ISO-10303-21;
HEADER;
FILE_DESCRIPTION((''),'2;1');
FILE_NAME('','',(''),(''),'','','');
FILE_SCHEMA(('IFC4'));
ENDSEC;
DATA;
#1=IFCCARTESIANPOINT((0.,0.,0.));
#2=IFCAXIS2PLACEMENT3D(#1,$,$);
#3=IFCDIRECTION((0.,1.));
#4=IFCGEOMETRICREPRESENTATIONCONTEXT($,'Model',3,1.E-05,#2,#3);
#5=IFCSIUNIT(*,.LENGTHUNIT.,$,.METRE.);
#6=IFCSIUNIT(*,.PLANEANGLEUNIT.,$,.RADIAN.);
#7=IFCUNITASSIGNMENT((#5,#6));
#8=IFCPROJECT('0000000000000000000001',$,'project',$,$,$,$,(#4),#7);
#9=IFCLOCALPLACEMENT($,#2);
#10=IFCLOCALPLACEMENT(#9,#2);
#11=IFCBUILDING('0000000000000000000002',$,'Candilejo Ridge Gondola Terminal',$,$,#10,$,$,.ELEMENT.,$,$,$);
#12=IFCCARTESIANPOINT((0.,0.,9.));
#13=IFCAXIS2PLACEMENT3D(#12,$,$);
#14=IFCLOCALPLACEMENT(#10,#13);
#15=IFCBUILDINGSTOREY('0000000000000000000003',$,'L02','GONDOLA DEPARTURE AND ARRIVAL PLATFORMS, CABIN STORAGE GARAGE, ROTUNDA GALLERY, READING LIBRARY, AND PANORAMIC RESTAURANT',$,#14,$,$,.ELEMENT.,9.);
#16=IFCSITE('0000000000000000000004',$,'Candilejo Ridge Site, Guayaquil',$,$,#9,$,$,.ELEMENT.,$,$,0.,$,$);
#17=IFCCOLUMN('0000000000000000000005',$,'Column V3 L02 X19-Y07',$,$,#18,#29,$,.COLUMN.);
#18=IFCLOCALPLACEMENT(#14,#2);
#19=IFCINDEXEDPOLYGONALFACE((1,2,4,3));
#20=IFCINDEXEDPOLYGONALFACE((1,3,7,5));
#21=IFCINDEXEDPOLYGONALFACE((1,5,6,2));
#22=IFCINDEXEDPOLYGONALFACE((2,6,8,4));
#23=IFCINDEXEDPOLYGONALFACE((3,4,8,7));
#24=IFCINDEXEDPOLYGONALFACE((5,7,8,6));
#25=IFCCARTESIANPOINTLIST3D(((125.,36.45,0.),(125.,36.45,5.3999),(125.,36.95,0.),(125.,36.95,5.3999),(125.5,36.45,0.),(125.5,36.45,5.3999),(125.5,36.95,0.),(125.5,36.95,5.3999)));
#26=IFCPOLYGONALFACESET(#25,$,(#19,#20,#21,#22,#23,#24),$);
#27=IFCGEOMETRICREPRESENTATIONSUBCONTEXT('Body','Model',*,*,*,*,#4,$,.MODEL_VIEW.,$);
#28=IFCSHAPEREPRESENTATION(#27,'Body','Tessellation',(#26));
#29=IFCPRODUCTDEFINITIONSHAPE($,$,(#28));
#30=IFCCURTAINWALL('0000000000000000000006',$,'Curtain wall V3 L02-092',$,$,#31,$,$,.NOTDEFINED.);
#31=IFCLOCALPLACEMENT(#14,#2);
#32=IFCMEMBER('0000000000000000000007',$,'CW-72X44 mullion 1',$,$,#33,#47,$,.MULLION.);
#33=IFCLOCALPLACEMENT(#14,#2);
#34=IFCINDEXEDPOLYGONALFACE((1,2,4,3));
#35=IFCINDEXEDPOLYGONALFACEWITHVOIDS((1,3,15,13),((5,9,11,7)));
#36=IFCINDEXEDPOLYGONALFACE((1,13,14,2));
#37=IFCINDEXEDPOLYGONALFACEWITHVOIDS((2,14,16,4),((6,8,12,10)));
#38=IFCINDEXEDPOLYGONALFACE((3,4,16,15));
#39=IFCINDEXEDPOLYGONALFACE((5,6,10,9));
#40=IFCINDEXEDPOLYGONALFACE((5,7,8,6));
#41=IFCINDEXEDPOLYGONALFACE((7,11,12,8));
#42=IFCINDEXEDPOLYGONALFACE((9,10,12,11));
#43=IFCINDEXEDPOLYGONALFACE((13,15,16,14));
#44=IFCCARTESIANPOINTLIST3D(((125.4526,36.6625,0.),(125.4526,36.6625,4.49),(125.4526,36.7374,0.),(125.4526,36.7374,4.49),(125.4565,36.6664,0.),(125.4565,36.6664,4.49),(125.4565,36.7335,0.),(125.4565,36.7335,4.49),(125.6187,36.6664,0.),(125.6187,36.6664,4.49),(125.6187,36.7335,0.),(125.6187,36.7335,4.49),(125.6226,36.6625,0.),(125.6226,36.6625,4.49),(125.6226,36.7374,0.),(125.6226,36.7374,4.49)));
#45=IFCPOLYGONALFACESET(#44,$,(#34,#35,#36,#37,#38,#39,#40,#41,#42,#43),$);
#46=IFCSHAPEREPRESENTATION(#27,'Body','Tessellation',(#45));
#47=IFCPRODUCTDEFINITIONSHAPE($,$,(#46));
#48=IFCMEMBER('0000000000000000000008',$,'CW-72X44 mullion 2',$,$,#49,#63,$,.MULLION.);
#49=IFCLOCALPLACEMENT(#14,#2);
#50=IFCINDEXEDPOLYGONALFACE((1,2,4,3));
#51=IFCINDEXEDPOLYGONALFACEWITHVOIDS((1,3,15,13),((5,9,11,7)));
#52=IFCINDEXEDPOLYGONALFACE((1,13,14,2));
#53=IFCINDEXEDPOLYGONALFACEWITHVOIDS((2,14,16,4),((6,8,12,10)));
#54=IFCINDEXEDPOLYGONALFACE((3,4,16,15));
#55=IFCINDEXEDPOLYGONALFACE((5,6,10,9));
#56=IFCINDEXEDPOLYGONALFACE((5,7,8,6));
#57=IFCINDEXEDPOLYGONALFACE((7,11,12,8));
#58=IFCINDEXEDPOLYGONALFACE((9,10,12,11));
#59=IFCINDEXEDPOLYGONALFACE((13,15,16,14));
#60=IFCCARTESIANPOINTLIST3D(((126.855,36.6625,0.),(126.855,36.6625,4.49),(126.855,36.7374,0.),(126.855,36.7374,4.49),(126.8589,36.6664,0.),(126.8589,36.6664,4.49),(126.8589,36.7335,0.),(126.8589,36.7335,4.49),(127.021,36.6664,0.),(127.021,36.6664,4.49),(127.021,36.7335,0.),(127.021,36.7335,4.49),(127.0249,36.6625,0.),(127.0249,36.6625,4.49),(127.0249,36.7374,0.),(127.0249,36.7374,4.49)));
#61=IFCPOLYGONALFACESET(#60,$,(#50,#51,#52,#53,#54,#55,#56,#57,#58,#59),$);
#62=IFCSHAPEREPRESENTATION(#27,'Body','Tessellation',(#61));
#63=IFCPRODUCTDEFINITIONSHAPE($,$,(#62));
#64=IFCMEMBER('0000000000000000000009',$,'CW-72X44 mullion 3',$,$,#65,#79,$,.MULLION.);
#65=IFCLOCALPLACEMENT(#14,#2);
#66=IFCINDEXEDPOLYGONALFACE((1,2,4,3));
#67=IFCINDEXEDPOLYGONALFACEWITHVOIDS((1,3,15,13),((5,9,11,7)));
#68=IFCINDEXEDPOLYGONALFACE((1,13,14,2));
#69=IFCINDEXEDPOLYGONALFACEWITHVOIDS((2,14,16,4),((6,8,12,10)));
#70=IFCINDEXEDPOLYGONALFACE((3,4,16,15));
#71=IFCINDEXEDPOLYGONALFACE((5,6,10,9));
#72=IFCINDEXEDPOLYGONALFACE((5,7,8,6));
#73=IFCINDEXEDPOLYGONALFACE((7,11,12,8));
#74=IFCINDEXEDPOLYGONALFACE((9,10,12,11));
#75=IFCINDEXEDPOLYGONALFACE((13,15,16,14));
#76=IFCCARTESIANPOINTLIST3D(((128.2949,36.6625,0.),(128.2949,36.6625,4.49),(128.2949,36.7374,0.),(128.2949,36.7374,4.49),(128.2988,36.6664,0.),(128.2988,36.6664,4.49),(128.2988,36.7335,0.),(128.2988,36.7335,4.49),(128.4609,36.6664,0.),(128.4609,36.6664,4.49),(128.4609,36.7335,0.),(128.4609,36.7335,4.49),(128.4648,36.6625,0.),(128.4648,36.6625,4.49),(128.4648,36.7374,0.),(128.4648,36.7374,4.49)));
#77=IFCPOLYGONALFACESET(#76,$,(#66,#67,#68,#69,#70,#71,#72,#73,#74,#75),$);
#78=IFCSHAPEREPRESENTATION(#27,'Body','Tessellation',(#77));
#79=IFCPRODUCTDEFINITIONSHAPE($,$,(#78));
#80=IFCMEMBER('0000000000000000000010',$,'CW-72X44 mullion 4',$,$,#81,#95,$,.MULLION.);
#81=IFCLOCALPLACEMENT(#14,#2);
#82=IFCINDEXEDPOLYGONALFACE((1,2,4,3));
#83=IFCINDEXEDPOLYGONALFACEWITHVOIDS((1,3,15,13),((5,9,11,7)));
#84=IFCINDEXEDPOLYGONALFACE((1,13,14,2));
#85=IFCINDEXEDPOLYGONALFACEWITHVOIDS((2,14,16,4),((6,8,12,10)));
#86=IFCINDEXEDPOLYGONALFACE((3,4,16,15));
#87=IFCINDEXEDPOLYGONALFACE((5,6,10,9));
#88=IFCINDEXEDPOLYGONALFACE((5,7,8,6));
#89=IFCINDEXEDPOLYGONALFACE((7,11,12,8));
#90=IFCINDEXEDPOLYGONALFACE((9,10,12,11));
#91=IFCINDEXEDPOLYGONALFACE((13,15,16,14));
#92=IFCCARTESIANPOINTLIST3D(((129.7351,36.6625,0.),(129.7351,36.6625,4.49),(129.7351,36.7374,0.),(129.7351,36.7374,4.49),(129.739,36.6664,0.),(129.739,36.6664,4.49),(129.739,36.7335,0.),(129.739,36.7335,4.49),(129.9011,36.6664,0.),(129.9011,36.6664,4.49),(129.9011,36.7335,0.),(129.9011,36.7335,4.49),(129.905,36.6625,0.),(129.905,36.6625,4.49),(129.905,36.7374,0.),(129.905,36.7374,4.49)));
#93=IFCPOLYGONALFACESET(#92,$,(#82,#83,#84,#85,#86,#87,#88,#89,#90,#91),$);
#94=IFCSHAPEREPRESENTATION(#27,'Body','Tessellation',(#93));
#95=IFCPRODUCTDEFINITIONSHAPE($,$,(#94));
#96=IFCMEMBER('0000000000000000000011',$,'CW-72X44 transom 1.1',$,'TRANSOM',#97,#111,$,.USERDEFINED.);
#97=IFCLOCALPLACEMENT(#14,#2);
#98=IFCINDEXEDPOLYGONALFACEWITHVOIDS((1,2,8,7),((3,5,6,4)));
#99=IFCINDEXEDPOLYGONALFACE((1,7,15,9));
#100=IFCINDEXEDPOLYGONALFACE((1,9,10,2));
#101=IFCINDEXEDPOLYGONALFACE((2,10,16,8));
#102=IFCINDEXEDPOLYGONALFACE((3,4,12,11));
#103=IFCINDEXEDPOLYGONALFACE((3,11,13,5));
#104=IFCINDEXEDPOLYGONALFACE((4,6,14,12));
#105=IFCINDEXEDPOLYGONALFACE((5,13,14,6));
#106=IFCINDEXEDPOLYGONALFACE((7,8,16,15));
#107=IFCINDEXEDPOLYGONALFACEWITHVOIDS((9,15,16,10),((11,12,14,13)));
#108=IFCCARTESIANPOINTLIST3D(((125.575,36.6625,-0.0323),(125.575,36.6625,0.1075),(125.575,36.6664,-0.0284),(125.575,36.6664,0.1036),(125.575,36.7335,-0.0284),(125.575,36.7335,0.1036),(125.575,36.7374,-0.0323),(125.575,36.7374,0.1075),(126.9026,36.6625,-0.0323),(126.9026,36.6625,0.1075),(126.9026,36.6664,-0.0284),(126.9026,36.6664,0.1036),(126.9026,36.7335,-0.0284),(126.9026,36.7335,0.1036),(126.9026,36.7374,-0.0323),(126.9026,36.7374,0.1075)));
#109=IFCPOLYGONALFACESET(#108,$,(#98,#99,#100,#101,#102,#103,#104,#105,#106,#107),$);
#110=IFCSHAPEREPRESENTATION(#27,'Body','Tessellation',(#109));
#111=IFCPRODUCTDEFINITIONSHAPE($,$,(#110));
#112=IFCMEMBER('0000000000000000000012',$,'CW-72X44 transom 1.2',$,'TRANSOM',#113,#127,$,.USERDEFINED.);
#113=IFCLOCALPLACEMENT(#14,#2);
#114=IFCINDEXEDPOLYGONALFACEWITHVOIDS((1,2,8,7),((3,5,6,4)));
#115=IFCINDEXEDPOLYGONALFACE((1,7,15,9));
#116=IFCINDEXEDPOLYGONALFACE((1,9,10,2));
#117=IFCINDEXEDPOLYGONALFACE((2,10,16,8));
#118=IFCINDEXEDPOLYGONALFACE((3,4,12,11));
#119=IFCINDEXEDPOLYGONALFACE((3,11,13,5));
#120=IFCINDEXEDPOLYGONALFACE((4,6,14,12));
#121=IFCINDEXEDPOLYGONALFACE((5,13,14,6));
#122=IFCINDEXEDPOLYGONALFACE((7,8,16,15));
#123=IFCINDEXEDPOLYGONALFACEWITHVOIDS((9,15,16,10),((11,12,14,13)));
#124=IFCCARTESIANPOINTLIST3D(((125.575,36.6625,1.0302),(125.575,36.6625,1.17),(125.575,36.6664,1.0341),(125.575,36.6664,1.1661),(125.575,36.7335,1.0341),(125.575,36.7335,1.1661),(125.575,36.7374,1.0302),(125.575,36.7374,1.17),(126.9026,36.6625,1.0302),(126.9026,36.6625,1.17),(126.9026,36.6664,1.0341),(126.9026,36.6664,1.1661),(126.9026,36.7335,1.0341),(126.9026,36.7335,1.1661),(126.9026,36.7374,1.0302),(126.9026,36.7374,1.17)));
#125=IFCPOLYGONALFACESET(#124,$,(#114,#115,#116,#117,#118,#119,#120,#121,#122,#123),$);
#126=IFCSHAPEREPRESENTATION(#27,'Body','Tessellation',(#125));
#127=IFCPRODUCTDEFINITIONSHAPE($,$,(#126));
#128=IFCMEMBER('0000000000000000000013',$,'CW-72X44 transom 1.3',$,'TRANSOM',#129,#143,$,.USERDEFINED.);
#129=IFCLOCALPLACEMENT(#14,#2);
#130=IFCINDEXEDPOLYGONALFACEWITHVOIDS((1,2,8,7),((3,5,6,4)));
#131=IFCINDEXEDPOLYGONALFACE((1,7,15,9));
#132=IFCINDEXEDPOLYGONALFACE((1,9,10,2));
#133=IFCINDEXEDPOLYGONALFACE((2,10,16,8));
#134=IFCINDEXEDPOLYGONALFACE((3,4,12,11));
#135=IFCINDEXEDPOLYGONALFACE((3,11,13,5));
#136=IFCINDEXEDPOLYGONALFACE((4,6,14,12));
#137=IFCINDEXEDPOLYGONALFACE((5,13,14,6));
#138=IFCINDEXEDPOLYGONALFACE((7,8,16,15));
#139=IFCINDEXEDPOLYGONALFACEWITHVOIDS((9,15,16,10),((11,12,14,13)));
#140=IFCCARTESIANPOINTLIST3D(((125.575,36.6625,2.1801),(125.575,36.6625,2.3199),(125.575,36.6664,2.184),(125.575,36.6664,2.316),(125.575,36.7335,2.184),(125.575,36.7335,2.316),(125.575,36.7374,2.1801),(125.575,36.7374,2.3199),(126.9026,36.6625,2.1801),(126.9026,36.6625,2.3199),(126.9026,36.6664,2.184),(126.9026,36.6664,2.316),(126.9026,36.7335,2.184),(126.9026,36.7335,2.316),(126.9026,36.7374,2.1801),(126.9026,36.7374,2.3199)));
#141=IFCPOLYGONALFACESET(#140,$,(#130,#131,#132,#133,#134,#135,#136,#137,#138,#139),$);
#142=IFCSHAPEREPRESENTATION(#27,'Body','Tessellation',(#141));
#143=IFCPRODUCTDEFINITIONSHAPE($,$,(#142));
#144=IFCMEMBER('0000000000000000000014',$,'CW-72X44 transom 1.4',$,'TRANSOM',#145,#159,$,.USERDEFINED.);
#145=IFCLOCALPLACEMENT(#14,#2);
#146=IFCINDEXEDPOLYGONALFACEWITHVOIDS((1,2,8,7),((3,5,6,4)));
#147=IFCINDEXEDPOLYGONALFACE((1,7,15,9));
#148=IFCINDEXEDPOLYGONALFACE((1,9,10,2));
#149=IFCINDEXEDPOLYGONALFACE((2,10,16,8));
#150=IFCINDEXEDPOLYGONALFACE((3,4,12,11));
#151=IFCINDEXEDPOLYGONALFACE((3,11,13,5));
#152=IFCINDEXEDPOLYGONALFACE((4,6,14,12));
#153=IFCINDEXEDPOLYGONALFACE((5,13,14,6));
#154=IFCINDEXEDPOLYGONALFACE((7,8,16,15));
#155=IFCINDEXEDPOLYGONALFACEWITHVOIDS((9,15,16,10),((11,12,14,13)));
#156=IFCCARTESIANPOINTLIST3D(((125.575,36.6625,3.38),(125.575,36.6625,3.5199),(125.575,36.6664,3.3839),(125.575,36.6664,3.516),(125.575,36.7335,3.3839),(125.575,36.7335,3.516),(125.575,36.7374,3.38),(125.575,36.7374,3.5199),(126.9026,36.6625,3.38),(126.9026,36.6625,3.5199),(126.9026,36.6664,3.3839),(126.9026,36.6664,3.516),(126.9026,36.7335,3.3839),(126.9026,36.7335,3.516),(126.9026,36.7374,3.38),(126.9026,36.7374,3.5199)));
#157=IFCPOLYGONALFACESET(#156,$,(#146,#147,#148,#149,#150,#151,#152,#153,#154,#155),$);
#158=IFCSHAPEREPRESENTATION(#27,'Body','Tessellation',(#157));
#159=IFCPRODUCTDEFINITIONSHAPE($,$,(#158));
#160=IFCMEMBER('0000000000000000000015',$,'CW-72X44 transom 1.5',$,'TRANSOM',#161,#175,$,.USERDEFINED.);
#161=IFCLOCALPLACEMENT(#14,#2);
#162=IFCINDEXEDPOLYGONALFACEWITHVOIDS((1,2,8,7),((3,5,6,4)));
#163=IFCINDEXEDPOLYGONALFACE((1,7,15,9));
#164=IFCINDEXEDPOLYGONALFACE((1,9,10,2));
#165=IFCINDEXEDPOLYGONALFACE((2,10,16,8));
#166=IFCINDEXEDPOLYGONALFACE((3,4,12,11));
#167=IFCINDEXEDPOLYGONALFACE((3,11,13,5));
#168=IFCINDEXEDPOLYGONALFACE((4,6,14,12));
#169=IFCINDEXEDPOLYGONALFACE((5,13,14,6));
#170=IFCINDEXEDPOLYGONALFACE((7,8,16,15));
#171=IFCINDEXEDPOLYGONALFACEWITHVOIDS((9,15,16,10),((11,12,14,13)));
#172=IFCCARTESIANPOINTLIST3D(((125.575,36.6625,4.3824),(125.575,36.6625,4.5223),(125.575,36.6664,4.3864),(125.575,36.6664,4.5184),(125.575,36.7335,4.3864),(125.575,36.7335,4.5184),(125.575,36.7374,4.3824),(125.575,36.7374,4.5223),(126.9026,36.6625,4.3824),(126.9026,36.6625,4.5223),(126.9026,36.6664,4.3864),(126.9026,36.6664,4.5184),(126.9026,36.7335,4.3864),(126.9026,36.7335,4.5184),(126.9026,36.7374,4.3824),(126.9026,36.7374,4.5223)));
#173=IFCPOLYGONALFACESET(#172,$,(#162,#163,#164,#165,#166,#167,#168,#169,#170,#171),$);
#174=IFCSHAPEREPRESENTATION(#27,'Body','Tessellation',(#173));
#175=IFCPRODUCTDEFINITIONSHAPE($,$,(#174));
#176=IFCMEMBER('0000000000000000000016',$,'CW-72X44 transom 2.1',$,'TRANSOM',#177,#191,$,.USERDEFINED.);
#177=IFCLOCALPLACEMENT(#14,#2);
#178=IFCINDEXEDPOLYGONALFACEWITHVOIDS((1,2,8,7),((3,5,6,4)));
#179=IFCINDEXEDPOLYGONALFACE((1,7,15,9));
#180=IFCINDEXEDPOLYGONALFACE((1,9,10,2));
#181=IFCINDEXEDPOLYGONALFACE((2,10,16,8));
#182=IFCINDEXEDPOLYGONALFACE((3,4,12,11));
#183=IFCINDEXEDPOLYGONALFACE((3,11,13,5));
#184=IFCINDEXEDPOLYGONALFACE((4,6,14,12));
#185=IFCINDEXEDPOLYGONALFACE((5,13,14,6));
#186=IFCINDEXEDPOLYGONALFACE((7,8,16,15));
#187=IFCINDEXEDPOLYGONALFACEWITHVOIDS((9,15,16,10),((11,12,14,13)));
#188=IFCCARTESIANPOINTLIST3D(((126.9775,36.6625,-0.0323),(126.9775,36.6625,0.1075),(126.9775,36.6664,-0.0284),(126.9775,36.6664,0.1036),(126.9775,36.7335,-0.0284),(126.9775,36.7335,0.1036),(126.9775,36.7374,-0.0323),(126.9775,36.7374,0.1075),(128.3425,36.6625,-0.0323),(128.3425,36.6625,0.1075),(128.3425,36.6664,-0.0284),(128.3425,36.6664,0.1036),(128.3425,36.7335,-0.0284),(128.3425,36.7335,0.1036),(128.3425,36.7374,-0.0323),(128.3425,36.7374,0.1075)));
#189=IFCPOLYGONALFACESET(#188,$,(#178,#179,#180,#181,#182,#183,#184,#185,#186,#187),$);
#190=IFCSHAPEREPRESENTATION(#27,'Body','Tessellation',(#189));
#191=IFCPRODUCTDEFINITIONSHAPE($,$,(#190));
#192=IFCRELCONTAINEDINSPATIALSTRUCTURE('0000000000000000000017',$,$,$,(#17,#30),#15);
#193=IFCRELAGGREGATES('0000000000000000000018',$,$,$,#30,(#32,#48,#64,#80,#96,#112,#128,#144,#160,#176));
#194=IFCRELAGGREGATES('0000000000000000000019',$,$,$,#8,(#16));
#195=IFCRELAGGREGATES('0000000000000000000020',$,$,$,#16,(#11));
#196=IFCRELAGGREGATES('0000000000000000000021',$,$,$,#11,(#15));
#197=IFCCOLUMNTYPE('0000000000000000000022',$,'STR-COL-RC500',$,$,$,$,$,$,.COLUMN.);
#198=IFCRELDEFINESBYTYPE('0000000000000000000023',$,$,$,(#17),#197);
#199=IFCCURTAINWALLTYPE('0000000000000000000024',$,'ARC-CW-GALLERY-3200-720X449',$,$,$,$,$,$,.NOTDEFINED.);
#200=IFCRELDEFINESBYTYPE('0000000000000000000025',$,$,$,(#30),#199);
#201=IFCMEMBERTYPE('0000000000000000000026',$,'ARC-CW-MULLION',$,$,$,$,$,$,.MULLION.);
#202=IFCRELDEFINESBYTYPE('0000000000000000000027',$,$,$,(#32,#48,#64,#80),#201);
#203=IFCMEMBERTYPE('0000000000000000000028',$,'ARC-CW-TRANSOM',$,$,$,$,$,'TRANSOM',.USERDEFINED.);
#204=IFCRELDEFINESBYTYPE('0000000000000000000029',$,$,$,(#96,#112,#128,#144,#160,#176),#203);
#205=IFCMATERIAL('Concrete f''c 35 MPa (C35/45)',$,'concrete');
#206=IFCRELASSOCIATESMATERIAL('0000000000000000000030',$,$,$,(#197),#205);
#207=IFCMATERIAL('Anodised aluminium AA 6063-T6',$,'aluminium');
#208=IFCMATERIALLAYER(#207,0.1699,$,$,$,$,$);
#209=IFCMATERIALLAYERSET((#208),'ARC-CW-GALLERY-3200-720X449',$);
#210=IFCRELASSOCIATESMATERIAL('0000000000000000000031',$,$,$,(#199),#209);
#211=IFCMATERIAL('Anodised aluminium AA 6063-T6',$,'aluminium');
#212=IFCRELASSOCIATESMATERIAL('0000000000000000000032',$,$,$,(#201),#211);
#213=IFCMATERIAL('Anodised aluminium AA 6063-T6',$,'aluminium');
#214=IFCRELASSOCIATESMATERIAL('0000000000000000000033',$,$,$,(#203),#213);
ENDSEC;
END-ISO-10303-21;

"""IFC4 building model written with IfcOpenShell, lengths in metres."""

from ifc_helpers import new_model, si_unit, direction, frame, origin, origin_2d, place, context, subcontext, project, spatial, rectangle, hollow_rectangle, extrude, material, layer, layer_set, material_profile, profile_set, type_object, element, aggregate, save


model = new_model("IFC4")

# Units and contexts
model_context = context("Model", 3, precision=1e-05, world=origin(), true_north=direction((0.0, 1.0)))
body_context = subcontext(model_context, "Body", "Model", "MODEL_VIEW")
ifc_project = project(units=[si_unit("LENGTHUNIT", "METRE"), si_unit("PLANEANGLEUNIT", "RADIAN")], contexts=[model_context])

# Site, building, storey
site_placement = place(None, origin())
site = spatial("IfcSite", under=ifc_project, at=site_placement, Name="Candilejo Ridge Site, Guayaquil", CompositionType="ELEMENT", RefElevation=0.0)
building_placement = place(site_placement, origin())
building = spatial("IfcBuilding", under=site, at=building_placement, Name="Candilejo Ridge Gondola Terminal", CompositionType="ELEMENT")
storey_placement = place(building_placement, frame((0.0, 0.0, 9.0)))
storey = spatial("IfcBuildingStorey", under=building, at=storey_placement, Name="L02", Description="GONDOLA DEPARTURE AND ARRIVAL PLATFORMS, CABIN STORAGE GARAGE, ROTUNDA GALLERY, READING LIBRARY, AND PANORAMIC RESTAURANT", CompositionType="ELEMENT", Elevation=9.0)

# Column
ifc_material_1 = material(Name="Concrete f'c 35 MPa (C35/45)", Category="concrete")
ifc_material_profile_1 = material_profile(ifc_material_1, rectangle(XDim=0.5, YDim=0.5, at=origin_2d()))
ifc_profile_set_1 = profile_set([ifc_material_profile_1], Name="Concrete f'c 35 MPa (C35/45)")
column_type = type_object("IfcColumnType", Name="STR-COL-RC500", PredefinedType="COLUMN", material=ifc_profile_set_1)
column_placement = place(storey_placement, frame((125.25, 36.7, 0.0), z_axis=(0.0, 0.0, 1.0), x_axis=(1.0, 0.0, 0.0)))
element("IfcColumn", 1, at=column_placement, inside=storey, type_object=column_type, Name="Column V3 L02 X19-Y07", PredefinedType="COLUMN", context=body_context, shape_type="SweptSolid", body=[
    extrude(rectangle(XDim=0.5, YDim=0.5, at=origin_2d()), origin(), (0.0, 0.0, 1.0), 5.3999),
])

# Curtain wall, members
ifc_material_2 = material(Name="Anodised aluminium AA 6063-T6", Category="aluminium")
ifc_layer_1 = layer(ifc_material_2, 0.1699)
ifc_layer_set_1 = layer_set([ifc_layer_1], Name="ARC-CW-GALLERY-3200-720X449")
curtain_wall_type = type_object("IfcCurtainWallType", Name="ARC-CW-GALLERY-3200-720X449", PredefinedType="NOTDEFINED", material=ifc_layer_set_1)
curtain_wall_placement = place(storey_placement, origin())
curtain_wall = element("IfcCurtainWall", 2, at=curtain_wall_placement, inside=storey, type_object=curtain_wall_type, Name="Curtain wall V3 L02-092", PredefinedType="NOTDEFINED")
ifc_material_3 = material(Name="Anodised aluminium AA 6063-T6", Category="aluminium")
ifc_material_profile_2 = material_profile(ifc_material_3, hollow_rectangle(XDim=0.075, YDim=0.1699, WallThickness=0.0039, at=origin_2d()))
ifc_profile_set_2 = profile_set([ifc_material_profile_2], Name="Anodised aluminium AA 6063-T6")
member_type_1 = type_object("IfcMemberType", Name="ARC-CW-MULLION", PredefinedType="MULLION", material=ifc_profile_set_2)
member_1_placement = place(storey_placement, frame((125.5376, 36.7, 0.0), z_axis=(0.0, 0.0, 1.0), x_axis=(0.0, 1.0, 0.0)))
member_1 = element("IfcMember", 3, at=member_1_placement, type_object=member_type_1, Name="CW-72X44 mullion 1", PredefinedType="MULLION", context=body_context, shape_type="SweptSolid", body=[
    extrude(hollow_rectangle(XDim=0.075, YDim=0.1699, WallThickness=0.0039, at=origin_2d()), origin(), (0.0, 0.0, 1.0), 4.49),
])
member_2_placement = place(storey_placement, frame((126.9399, 36.7, 0.0), z_axis=(0.0, 0.0, 1.0), x_axis=(0.0, 1.0, 0.0)))
member_2 = element("IfcMember", 4, at=member_2_placement, type_object=member_type_1, Name="CW-72X44 mullion 2", PredefinedType="MULLION", context=body_context, shape_type="SweptSolid", body=[
    extrude(hollow_rectangle(XDim=0.075, YDim=0.1699, WallThickness=0.0039, at=origin_2d()), origin(), (0.0, 0.0, 1.0), 4.49),
])
member_3_placement = place(storey_placement, frame((128.3799, 36.7, 0.0), z_axis=(0.0, 0.0, 1.0), x_axis=(0.0, 1.0, 0.0)))
member_3 = element("IfcMember", 5, at=member_3_placement, type_object=member_type_1, Name="CW-72X44 mullion 3", PredefinedType="MULLION", context=body_context, shape_type="SweptSolid", body=[
    extrude(hollow_rectangle(XDim=0.075, YDim=0.1699, WallThickness=0.0039, at=origin_2d()), origin(), (0.0, 0.0, 1.0), 4.49),
])
member_4_placement = place(storey_placement, frame((129.8201, 36.7, 0.0), z_axis=(0.0, 0.0, 1.0), x_axis=(0.0, 1.0, 0.0)))
member_4 = element("IfcMember", 6, at=member_4_placement, type_object=member_type_1, Name="CW-72X44 mullion 4", PredefinedType="MULLION", context=body_context, shape_type="SweptSolid", body=[
    extrude(hollow_rectangle(XDim=0.075, YDim=0.1699, WallThickness=0.0039, at=origin_2d()), origin(), (0.0, 0.0, 1.0), 4.49),
])
ifc_material_4 = material(Name="Anodised aluminium AA 6063-T6", Category="aluminium")
ifc_material_profile_3 = material_profile(ifc_material_4, hollow_rectangle(XDim=0.075, YDim=0.1399, WallThickness=0.0039, at=origin_2d()))
ifc_profile_set_3 = profile_set([ifc_material_profile_3], Name="Anodised aluminium AA 6063-T6")
member_type_2 = type_object("IfcMemberType", Name="ARC-CW-TRANSOM", ElementType="TRANSOM", PredefinedType="USERDEFINED", material=ifc_profile_set_3)
member_5_placement = place(storey_placement, frame((125.575, 36.7, 0.0376), z_axis=(1.0, 0.0, 0.0), x_axis=(0.0, 1.0, 0.0)))
member_5 = element("IfcMember", 7, at=member_5_placement, type_object=member_type_2, Name="CW-72X44 transom 1.1", ObjectType="TRANSOM", PredefinedType="USERDEFINED", context=body_context, shape_type="SweptSolid", body=[
    extrude(hollow_rectangle(XDim=0.075, YDim=0.1399, WallThickness=0.0039, at=origin_2d()), origin(), (0.0, 0.0, 1.0), 1.3276),
])
member_6_placement = place(storey_placement, frame((125.575, 36.7, 1.1001), z_axis=(1.0, 0.0, 0.0), x_axis=(0.0, 1.0, 0.0)))
member_6 = element("IfcMember", 8, at=member_6_placement, type_object=member_type_2, Name="CW-72X44 transom 1.2", ObjectType="TRANSOM", PredefinedType="USERDEFINED", context=body_context, shape_type="SweptSolid", body=[
    extrude(hollow_rectangle(XDim=0.075, YDim=0.1399, WallThickness=0.0039, at=origin_2d()), origin(), (0.0, 0.0, 1.0), 1.3276),
])
member_7_placement = place(storey_placement, frame((125.575, 36.7, 2.25), z_axis=(1.0, 0.0, 0.0), x_axis=(0.0, 1.0, 0.0)))
member_7 = element("IfcMember", 9, at=member_7_placement, type_object=member_type_2, Name="CW-72X44 transom 1.3", ObjectType="TRANSOM", PredefinedType="USERDEFINED", context=body_context, shape_type="SweptSolid", body=[
    extrude(hollow_rectangle(XDim=0.075, YDim=0.1399, WallThickness=0.0039, at=origin_2d()), origin(), (0.0, 0.0, 1.0), 1.3276),
])
member_8_placement = place(storey_placement, frame((125.575, 36.7, 3.45), z_axis=(1.0, 0.0, 0.0), x_axis=(0.0, 1.0, 0.0)))
member_8 = element("IfcMember", 10, at=member_8_placement, type_object=member_type_2, Name="CW-72X44 transom 1.4", ObjectType="TRANSOM", PredefinedType="USERDEFINED", context=body_context, shape_type="SweptSolid", body=[
    extrude(hollow_rectangle(XDim=0.075, YDim=0.1399, WallThickness=0.0039, at=origin_2d()), origin(), (0.0, 0.0, 1.0), 1.3276),
])
member_9_placement = place(storey_placement, frame((125.575, 36.7, 4.4524), z_axis=(1.0, 0.0, 0.0), x_axis=(0.0, 1.0, 0.0)))
member_9 = element("IfcMember", 11, at=member_9_placement, type_object=member_type_2, Name="CW-72X44 transom 1.5", ObjectType="TRANSOM", PredefinedType="USERDEFINED", context=body_context, shape_type="SweptSolid", body=[
    extrude(hollow_rectangle(XDim=0.075, YDim=0.1399, WallThickness=0.0039, at=origin_2d()), origin(), (0.0, 0.0, 1.0), 1.3276),
])
member_10_placement = place(storey_placement, frame((126.9775, 36.7, 0.0376), z_axis=(1.0, 0.0, 0.0), x_axis=(0.0, 1.0, 0.0)))
member_10 = element("IfcMember", 12, at=member_10_placement, type_object=member_type_2, Name="CW-72X44 transom 2.1", ObjectType="TRANSOM", PredefinedType="USERDEFINED", context=body_context, shape_type="SweptSolid", body=[
    extrude(hollow_rectangle(XDim=0.075, YDim=0.1399, WallThickness=0.0039, at=origin_2d()), origin(), (0.0, 0.0, 1.0), 1.365),
])

aggregate(curtain_wall, [member_1, member_2, member_3, member_4, member_5, member_6, member_7, member_8, member_9, member_10])

save(model, "model.ifc")
